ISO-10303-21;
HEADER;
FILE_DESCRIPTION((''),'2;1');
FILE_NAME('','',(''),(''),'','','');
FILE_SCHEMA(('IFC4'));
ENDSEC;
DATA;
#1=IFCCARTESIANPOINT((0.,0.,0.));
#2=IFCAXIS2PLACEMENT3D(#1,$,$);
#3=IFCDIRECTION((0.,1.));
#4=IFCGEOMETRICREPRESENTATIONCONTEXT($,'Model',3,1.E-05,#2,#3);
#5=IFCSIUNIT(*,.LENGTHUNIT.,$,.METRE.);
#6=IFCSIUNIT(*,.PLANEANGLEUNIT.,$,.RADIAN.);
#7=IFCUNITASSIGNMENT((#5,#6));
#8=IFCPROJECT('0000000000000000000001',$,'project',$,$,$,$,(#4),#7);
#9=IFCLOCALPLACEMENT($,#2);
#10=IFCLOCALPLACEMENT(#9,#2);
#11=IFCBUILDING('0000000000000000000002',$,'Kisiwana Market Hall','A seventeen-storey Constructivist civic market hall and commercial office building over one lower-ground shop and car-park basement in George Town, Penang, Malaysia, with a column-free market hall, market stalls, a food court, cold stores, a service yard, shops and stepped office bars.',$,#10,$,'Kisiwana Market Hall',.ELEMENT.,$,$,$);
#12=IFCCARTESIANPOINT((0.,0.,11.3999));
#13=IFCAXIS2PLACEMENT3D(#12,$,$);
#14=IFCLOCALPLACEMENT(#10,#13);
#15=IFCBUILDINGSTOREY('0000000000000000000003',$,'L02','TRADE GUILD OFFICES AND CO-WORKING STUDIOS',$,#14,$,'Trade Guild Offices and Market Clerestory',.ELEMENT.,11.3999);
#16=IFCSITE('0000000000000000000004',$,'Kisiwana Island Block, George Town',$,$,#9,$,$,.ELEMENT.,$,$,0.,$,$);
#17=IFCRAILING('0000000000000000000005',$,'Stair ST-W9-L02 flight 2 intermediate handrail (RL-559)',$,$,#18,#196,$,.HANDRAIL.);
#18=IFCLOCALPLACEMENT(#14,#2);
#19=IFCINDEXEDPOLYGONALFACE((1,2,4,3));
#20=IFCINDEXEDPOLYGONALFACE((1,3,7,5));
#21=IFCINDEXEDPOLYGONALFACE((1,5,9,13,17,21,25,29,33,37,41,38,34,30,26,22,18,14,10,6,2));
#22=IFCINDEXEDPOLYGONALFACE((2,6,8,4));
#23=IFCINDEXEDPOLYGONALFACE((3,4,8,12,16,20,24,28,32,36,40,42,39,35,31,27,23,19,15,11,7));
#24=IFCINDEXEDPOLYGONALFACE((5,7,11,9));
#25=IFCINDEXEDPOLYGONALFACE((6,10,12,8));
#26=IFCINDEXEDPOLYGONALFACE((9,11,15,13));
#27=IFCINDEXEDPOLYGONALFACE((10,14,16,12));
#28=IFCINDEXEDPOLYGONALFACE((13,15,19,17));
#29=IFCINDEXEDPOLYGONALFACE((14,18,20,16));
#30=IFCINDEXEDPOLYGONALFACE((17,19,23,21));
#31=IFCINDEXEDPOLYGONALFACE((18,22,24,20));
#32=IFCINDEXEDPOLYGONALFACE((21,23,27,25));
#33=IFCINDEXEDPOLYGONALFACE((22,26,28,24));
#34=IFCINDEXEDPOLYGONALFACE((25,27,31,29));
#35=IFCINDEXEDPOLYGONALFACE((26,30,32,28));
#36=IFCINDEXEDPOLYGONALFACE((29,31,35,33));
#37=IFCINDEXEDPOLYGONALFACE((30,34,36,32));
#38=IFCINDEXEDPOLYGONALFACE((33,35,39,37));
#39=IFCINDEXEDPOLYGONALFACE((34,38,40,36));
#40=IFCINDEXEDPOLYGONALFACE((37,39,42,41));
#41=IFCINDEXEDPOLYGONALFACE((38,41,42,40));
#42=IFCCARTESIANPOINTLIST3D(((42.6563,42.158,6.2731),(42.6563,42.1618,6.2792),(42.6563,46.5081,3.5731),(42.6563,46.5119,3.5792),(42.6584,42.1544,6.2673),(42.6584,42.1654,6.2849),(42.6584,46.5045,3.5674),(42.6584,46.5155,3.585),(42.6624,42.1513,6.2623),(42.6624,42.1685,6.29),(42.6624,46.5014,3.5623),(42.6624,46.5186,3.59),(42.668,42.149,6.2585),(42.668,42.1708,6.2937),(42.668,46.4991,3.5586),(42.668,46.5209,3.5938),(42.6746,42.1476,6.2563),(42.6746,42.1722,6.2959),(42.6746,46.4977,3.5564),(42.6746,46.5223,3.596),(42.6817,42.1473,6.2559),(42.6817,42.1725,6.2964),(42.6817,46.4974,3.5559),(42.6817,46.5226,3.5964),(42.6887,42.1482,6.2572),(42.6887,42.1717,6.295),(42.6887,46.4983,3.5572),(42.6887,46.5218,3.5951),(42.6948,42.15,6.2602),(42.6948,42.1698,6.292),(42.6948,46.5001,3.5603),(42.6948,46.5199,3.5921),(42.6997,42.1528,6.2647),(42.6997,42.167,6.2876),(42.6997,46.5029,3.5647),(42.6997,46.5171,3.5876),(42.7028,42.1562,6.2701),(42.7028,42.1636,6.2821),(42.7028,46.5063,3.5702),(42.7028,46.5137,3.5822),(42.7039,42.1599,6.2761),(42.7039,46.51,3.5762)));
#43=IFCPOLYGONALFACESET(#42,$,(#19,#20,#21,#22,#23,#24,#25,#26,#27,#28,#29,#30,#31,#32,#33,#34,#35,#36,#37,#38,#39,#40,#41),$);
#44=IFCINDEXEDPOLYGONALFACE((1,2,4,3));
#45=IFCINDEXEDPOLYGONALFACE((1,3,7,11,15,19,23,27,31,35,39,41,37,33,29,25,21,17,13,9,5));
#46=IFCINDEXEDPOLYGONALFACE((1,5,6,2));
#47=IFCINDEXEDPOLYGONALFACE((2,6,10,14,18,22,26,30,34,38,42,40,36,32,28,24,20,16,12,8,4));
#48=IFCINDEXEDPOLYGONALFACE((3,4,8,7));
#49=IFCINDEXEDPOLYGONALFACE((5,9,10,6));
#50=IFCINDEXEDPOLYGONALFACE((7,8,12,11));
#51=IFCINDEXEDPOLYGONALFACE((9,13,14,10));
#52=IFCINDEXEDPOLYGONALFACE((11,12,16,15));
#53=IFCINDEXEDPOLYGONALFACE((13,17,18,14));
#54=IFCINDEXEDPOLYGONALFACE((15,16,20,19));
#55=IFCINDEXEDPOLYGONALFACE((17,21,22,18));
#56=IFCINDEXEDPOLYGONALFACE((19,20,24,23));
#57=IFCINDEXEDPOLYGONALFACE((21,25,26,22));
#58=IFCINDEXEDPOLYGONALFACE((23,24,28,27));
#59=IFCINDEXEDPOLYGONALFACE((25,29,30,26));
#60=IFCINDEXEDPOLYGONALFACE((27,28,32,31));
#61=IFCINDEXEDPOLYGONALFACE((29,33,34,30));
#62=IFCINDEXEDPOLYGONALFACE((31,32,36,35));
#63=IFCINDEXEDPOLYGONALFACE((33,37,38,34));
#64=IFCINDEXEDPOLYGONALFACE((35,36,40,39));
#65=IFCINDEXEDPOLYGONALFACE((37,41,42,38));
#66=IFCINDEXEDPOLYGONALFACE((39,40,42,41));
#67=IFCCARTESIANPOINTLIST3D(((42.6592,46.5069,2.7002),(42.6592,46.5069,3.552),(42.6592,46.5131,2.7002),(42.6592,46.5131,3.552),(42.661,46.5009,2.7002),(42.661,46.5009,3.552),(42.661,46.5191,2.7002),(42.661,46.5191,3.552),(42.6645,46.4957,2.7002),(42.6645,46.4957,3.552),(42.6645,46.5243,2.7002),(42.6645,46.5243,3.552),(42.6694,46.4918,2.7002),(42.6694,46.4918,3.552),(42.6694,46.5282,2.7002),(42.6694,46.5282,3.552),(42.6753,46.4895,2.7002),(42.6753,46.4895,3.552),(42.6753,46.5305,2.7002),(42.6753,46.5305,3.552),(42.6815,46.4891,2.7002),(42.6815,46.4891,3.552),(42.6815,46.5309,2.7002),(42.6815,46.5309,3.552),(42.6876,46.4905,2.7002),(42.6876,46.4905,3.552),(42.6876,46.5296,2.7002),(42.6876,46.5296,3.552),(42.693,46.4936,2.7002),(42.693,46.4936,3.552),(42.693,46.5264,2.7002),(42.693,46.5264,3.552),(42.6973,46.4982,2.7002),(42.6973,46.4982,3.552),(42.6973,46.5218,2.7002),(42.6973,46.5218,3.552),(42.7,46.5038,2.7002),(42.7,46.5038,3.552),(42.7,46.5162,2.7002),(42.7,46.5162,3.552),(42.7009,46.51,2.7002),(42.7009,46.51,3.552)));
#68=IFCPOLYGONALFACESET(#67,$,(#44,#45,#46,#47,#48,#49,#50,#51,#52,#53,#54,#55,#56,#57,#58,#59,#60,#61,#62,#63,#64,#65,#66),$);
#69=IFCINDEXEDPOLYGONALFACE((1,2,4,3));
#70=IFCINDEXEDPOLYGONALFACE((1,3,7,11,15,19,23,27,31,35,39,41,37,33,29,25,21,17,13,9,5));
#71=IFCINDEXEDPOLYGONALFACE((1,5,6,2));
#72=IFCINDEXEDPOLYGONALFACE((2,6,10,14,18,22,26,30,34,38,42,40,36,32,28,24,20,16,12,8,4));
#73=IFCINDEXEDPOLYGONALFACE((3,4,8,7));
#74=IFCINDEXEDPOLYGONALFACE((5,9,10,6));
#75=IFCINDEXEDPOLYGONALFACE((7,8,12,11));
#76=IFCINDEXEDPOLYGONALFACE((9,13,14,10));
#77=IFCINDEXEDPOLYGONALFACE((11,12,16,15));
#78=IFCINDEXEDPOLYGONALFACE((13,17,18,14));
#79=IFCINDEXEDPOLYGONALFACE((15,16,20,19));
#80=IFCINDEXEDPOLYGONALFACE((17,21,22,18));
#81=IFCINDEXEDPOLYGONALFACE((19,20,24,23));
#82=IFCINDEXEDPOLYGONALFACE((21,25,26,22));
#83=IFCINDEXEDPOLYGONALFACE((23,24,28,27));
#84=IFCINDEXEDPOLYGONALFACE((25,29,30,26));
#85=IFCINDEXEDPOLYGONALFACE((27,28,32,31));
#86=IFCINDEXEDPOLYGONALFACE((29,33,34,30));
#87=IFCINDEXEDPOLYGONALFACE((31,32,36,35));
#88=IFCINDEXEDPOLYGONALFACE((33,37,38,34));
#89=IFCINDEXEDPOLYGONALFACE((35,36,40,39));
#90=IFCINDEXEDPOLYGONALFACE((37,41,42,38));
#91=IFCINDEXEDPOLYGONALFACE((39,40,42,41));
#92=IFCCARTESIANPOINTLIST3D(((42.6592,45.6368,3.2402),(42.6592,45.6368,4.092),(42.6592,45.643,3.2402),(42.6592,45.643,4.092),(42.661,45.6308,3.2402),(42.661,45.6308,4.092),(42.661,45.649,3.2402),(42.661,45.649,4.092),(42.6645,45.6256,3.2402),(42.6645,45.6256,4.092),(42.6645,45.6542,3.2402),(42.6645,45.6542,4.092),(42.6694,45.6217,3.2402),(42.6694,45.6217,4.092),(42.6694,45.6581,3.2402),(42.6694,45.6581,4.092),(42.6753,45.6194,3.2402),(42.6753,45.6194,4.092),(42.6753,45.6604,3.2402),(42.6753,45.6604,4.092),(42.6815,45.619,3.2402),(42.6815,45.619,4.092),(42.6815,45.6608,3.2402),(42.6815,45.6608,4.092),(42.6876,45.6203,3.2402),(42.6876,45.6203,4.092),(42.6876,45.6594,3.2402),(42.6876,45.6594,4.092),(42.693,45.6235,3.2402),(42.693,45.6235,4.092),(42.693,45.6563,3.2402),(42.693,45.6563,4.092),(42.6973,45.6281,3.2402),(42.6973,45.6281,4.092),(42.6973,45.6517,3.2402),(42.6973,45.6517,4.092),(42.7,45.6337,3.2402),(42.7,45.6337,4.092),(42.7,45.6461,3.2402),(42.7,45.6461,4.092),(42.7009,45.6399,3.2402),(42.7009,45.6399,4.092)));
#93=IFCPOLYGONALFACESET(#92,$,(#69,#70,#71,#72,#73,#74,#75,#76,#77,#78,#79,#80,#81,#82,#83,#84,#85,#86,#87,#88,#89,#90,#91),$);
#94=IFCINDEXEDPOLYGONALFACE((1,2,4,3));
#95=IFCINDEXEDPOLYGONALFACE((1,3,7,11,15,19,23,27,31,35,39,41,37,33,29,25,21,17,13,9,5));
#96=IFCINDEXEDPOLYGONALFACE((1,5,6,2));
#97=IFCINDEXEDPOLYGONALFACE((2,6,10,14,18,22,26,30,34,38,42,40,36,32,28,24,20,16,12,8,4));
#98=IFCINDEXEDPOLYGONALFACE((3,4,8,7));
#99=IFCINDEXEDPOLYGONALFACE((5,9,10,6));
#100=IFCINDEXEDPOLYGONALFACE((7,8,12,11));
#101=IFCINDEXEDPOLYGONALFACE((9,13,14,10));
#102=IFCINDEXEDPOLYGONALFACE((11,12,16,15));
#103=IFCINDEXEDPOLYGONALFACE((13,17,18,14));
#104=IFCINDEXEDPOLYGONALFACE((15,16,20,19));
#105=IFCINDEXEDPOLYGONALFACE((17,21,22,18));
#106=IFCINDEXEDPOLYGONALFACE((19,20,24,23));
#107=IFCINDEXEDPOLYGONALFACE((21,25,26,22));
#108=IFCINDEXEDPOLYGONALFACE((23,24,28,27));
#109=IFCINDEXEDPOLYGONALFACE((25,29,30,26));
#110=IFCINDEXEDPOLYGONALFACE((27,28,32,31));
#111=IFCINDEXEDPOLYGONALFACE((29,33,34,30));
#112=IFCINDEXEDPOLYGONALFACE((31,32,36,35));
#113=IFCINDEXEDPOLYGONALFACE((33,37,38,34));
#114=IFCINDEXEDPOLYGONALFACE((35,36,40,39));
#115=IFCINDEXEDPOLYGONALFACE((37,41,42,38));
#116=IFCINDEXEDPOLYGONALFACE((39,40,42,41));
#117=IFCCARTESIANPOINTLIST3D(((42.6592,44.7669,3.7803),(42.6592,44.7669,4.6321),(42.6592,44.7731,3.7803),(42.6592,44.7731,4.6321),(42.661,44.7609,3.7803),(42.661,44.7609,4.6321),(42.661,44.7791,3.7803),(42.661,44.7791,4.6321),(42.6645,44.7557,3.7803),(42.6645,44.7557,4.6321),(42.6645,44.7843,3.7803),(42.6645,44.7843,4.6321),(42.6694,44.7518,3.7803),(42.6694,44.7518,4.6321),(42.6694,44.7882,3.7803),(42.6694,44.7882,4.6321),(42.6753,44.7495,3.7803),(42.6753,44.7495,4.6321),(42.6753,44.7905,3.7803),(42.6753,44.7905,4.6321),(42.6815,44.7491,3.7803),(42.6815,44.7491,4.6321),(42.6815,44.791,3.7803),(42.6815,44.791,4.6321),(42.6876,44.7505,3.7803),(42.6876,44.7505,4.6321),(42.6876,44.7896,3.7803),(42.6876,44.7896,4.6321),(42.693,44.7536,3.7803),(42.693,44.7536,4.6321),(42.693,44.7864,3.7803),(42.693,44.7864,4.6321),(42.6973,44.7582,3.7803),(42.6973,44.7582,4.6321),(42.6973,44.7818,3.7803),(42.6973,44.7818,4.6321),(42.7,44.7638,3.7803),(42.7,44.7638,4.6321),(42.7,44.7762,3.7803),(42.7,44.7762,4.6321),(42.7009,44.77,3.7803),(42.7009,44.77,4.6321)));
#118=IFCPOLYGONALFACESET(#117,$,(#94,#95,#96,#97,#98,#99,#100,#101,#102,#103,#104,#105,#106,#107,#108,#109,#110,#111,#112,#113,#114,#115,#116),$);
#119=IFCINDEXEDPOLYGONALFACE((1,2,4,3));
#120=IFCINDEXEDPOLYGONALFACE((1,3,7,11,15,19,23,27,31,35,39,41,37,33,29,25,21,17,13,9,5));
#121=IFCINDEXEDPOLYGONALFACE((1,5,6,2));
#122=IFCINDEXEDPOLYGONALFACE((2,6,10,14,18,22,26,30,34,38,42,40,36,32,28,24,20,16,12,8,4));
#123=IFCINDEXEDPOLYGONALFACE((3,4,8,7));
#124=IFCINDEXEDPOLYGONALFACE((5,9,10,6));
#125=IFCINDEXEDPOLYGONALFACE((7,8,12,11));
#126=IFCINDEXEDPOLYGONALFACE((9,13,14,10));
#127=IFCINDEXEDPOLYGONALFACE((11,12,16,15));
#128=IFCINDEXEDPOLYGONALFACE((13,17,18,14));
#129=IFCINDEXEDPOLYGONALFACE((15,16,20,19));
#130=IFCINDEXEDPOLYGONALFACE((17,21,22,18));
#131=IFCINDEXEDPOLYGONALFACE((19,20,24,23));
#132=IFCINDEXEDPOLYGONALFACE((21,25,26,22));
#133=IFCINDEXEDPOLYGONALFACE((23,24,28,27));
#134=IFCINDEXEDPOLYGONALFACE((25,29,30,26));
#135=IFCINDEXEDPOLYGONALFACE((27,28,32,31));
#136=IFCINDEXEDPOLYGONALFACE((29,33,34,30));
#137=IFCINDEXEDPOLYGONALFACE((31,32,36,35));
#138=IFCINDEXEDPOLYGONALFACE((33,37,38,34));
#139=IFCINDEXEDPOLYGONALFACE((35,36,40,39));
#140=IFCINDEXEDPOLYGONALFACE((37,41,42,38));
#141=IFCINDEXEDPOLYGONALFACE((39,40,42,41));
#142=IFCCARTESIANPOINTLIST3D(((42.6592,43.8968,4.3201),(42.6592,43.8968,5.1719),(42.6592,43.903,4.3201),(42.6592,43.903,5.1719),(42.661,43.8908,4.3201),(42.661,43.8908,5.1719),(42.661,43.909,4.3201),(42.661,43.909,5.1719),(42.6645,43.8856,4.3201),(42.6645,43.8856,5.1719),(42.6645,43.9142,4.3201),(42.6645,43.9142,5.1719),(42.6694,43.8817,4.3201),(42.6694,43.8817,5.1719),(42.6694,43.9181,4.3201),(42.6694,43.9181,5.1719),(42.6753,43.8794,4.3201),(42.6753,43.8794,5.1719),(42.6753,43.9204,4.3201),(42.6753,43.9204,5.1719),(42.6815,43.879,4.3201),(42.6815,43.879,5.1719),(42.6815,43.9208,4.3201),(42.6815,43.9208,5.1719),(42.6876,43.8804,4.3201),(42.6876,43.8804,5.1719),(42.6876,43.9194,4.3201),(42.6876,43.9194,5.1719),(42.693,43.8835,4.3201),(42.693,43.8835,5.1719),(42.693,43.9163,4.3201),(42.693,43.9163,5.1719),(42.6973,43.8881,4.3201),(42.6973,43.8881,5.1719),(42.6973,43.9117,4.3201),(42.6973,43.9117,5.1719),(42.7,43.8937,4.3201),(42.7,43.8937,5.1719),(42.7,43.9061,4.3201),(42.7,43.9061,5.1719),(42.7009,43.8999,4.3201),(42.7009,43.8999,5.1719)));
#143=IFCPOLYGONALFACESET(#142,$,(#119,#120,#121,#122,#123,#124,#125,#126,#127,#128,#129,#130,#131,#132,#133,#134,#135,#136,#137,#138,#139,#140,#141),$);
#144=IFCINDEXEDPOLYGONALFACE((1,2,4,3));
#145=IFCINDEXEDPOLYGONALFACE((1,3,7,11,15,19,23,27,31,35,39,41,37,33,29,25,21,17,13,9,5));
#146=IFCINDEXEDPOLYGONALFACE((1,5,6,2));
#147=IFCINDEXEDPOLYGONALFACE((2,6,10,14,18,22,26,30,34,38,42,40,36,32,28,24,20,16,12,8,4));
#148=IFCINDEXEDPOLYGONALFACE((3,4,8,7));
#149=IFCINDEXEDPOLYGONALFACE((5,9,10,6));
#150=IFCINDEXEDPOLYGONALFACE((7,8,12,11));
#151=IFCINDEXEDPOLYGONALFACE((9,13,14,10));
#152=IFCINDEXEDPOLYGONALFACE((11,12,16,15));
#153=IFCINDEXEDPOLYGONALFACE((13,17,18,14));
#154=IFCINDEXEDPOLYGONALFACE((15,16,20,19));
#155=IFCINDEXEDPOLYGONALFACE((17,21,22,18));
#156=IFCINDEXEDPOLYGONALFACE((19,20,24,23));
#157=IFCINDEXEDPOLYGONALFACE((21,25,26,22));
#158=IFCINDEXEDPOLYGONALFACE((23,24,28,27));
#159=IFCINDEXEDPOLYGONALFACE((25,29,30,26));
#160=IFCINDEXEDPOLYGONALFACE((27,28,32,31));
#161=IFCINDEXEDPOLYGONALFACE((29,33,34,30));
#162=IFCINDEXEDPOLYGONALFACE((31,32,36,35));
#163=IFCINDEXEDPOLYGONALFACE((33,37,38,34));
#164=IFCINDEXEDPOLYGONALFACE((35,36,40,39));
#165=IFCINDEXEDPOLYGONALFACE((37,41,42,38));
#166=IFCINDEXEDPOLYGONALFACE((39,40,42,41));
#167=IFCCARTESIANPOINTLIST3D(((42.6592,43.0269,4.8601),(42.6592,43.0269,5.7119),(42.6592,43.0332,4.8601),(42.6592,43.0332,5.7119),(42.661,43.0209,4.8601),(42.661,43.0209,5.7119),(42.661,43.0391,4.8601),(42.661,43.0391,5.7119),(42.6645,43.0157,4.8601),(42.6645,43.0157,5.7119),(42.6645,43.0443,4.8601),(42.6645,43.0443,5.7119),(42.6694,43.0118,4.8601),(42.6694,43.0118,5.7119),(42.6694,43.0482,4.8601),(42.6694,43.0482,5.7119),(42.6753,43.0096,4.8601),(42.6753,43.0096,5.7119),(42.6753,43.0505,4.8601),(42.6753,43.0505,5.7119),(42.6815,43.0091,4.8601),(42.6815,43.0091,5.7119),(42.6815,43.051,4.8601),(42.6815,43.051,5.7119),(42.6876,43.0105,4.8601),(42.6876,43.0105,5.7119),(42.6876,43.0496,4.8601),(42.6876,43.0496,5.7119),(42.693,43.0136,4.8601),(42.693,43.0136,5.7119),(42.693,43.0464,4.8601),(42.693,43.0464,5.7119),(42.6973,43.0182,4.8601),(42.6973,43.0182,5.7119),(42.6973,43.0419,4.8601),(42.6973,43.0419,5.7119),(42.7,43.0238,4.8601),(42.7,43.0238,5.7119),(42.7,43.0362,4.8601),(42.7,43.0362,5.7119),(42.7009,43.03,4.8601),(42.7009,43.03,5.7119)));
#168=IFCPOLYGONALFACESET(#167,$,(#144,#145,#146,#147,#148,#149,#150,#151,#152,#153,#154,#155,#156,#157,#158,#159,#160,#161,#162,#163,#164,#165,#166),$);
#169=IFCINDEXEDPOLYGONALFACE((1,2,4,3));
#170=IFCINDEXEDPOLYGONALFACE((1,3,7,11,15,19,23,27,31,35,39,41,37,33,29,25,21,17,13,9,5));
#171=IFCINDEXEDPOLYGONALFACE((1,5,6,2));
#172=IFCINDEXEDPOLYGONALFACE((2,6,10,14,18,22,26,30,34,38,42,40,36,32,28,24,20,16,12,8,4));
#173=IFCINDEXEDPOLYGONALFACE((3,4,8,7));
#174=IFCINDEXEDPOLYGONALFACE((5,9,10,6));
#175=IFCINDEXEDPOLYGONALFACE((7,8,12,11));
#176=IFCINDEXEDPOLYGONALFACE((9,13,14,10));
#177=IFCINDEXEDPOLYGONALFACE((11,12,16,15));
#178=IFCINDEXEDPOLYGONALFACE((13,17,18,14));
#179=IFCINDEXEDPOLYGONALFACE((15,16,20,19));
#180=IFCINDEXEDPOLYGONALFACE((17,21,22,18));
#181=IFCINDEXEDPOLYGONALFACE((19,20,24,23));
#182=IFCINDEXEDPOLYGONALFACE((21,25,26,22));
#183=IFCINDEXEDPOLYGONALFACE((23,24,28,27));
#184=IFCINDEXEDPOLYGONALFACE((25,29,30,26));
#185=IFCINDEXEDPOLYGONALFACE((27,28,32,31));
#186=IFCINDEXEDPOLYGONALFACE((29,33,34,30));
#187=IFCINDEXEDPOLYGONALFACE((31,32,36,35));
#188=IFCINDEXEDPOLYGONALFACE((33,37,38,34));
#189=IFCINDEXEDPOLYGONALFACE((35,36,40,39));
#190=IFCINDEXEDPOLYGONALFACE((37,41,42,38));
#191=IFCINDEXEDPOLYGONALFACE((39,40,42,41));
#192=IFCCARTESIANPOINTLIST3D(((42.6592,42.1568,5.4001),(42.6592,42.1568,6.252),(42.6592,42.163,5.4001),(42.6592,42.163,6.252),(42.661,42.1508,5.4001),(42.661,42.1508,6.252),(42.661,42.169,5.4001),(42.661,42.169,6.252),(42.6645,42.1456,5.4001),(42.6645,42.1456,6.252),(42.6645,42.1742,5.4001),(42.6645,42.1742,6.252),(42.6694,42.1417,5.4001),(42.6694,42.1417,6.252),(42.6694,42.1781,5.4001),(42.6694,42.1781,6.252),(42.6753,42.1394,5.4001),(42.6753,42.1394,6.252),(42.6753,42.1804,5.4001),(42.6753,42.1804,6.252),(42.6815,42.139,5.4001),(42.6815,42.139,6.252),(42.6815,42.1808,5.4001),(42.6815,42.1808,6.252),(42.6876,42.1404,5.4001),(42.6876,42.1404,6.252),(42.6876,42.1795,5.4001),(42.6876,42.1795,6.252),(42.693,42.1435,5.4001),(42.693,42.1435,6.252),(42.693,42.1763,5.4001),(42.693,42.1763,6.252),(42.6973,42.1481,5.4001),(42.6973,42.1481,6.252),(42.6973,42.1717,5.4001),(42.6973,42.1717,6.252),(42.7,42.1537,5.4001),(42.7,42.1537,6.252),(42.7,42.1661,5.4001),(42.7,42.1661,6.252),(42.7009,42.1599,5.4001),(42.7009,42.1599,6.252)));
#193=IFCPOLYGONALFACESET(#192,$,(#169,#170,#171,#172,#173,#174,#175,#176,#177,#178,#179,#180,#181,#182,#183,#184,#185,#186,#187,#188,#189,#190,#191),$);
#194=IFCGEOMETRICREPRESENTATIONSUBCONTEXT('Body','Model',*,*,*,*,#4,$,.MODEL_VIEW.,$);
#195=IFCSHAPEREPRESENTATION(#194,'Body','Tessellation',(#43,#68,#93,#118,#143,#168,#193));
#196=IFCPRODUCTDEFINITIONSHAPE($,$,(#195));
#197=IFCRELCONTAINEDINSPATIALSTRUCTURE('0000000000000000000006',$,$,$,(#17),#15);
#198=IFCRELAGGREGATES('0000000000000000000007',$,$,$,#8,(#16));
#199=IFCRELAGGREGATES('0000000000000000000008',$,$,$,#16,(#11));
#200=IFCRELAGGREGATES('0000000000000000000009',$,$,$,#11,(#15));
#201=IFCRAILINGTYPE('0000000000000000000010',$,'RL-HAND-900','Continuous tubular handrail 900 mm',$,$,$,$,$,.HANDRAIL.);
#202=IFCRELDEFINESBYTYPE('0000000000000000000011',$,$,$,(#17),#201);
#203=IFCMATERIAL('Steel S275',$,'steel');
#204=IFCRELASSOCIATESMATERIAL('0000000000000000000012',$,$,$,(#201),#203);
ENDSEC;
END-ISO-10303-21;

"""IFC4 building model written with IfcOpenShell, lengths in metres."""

from ifc_helpers import new_model, si_unit, direction, frame, origin, origin_2d, place, context, subcontext, project, spatial, circle, extrude, material, type_object, element, save


model = new_model("IFC4")

# Units and contexts
model_context = context("Model", 3, precision=1e-05, world=origin(), true_north=direction((0.0, 1.0)))
body_context = subcontext(model_context, "Body", "Model", "MODEL_VIEW")
ifc_project = project(units=[si_unit("LENGTHUNIT", "METRE"), si_unit("PLANEANGLEUNIT", "RADIAN")], contexts=[model_context])

# Site, building, storey
site_placement = place(None, origin())
site = spatial("IfcSite", under=ifc_project, at=site_placement, Name="Kisiwana Island Block, George Town", CompositionType="ELEMENT", RefElevation=0.0)
building_placement = place(site_placement, origin())
building = spatial("IfcBuilding", under=site, at=building_placement, Name="Kisiwana Market Hall", Description="A seventeen-storey Constructivist civic market hall and commercial office building over one lower-ground shop and car-park basement in George Town, Penang, Malaysia, with a column-free market hall, market stalls, a food court, cold stores, a service yard, shops and stepped office bars.", LongName="Kisiwana Market Hall", CompositionType="ELEMENT")
storey_placement = place(building_placement, frame((0.0, 0.0, 11.3999)))
storey = spatial("IfcBuildingStorey", under=building, at=storey_placement, Name="L02", Description="TRADE GUILD OFFICES AND CO-WORKING STUDIOS", LongName="Trade Guild Offices and Market Clerestory", CompositionType="ELEMENT", Elevation=11.3999)

# Railing
ifc_material_1 = material(Name="Steel S275", Category="steel")
railing_type_1 = type_object("IfcRailingType", Name="RL-HAND-900", Description="Continuous tubular handrail 900 mm", PredefinedType="HANDRAIL", material=ifc_material_1)
railing_1_placement = place(storey_placement, frame((42.6799, 46.51, 2.7002)))
element("IfcRailing", 1, at=railing_1_placement, inside=storey, type_object=railing_type_1, Name="Stair ST-W9-L02 flight 2 intermediate handrail (RL-559)", PredefinedType="HANDRAIL", context=body_context, shape_type="SweptSolid", body=[
    extrude(circle(Radius=0.0239, at=origin_2d()), frame((0.0, 0.0, 0.876), z_axis=(0.0, -0.84965, 0.527347), x_axis=(1.0, 0.0, 0.0)), (0.0, 0.0, 1.0), 5.1199),
    extrude(circle(Radius=0.021, at=origin_2d()), origin(), (0.0, 0.0, 1.0), 0.8518),
    extrude(circle(Radius=0.021, at=origin_2d()), frame((0.0, -0.8701, 0.54)), (0.0, 0.0, 1.0), 0.8518),
    extrude(circle(Radius=0.021, at=origin_2d()), frame((0.0, -1.74, 1.0801)), (0.0, 0.0, 1.0), 0.8518),
    extrude(circle(Radius=0.021, at=origin_2d()), frame((0.0, -2.6101, 1.6199)), (0.0, 0.0, 1.0), 0.8518),
    extrude(circle(Radius=0.021, at=origin_2d()), frame((0.0, -3.48, 2.1599)), (0.0, 0.0, 1.0), 0.8518),
    extrude(circle(Radius=0.021, at=origin_2d()), frame((0.0, -4.3501, 2.7)), (0.0, 0.0, 1.0), 0.8518),
])

save(model, "model.ifc")
